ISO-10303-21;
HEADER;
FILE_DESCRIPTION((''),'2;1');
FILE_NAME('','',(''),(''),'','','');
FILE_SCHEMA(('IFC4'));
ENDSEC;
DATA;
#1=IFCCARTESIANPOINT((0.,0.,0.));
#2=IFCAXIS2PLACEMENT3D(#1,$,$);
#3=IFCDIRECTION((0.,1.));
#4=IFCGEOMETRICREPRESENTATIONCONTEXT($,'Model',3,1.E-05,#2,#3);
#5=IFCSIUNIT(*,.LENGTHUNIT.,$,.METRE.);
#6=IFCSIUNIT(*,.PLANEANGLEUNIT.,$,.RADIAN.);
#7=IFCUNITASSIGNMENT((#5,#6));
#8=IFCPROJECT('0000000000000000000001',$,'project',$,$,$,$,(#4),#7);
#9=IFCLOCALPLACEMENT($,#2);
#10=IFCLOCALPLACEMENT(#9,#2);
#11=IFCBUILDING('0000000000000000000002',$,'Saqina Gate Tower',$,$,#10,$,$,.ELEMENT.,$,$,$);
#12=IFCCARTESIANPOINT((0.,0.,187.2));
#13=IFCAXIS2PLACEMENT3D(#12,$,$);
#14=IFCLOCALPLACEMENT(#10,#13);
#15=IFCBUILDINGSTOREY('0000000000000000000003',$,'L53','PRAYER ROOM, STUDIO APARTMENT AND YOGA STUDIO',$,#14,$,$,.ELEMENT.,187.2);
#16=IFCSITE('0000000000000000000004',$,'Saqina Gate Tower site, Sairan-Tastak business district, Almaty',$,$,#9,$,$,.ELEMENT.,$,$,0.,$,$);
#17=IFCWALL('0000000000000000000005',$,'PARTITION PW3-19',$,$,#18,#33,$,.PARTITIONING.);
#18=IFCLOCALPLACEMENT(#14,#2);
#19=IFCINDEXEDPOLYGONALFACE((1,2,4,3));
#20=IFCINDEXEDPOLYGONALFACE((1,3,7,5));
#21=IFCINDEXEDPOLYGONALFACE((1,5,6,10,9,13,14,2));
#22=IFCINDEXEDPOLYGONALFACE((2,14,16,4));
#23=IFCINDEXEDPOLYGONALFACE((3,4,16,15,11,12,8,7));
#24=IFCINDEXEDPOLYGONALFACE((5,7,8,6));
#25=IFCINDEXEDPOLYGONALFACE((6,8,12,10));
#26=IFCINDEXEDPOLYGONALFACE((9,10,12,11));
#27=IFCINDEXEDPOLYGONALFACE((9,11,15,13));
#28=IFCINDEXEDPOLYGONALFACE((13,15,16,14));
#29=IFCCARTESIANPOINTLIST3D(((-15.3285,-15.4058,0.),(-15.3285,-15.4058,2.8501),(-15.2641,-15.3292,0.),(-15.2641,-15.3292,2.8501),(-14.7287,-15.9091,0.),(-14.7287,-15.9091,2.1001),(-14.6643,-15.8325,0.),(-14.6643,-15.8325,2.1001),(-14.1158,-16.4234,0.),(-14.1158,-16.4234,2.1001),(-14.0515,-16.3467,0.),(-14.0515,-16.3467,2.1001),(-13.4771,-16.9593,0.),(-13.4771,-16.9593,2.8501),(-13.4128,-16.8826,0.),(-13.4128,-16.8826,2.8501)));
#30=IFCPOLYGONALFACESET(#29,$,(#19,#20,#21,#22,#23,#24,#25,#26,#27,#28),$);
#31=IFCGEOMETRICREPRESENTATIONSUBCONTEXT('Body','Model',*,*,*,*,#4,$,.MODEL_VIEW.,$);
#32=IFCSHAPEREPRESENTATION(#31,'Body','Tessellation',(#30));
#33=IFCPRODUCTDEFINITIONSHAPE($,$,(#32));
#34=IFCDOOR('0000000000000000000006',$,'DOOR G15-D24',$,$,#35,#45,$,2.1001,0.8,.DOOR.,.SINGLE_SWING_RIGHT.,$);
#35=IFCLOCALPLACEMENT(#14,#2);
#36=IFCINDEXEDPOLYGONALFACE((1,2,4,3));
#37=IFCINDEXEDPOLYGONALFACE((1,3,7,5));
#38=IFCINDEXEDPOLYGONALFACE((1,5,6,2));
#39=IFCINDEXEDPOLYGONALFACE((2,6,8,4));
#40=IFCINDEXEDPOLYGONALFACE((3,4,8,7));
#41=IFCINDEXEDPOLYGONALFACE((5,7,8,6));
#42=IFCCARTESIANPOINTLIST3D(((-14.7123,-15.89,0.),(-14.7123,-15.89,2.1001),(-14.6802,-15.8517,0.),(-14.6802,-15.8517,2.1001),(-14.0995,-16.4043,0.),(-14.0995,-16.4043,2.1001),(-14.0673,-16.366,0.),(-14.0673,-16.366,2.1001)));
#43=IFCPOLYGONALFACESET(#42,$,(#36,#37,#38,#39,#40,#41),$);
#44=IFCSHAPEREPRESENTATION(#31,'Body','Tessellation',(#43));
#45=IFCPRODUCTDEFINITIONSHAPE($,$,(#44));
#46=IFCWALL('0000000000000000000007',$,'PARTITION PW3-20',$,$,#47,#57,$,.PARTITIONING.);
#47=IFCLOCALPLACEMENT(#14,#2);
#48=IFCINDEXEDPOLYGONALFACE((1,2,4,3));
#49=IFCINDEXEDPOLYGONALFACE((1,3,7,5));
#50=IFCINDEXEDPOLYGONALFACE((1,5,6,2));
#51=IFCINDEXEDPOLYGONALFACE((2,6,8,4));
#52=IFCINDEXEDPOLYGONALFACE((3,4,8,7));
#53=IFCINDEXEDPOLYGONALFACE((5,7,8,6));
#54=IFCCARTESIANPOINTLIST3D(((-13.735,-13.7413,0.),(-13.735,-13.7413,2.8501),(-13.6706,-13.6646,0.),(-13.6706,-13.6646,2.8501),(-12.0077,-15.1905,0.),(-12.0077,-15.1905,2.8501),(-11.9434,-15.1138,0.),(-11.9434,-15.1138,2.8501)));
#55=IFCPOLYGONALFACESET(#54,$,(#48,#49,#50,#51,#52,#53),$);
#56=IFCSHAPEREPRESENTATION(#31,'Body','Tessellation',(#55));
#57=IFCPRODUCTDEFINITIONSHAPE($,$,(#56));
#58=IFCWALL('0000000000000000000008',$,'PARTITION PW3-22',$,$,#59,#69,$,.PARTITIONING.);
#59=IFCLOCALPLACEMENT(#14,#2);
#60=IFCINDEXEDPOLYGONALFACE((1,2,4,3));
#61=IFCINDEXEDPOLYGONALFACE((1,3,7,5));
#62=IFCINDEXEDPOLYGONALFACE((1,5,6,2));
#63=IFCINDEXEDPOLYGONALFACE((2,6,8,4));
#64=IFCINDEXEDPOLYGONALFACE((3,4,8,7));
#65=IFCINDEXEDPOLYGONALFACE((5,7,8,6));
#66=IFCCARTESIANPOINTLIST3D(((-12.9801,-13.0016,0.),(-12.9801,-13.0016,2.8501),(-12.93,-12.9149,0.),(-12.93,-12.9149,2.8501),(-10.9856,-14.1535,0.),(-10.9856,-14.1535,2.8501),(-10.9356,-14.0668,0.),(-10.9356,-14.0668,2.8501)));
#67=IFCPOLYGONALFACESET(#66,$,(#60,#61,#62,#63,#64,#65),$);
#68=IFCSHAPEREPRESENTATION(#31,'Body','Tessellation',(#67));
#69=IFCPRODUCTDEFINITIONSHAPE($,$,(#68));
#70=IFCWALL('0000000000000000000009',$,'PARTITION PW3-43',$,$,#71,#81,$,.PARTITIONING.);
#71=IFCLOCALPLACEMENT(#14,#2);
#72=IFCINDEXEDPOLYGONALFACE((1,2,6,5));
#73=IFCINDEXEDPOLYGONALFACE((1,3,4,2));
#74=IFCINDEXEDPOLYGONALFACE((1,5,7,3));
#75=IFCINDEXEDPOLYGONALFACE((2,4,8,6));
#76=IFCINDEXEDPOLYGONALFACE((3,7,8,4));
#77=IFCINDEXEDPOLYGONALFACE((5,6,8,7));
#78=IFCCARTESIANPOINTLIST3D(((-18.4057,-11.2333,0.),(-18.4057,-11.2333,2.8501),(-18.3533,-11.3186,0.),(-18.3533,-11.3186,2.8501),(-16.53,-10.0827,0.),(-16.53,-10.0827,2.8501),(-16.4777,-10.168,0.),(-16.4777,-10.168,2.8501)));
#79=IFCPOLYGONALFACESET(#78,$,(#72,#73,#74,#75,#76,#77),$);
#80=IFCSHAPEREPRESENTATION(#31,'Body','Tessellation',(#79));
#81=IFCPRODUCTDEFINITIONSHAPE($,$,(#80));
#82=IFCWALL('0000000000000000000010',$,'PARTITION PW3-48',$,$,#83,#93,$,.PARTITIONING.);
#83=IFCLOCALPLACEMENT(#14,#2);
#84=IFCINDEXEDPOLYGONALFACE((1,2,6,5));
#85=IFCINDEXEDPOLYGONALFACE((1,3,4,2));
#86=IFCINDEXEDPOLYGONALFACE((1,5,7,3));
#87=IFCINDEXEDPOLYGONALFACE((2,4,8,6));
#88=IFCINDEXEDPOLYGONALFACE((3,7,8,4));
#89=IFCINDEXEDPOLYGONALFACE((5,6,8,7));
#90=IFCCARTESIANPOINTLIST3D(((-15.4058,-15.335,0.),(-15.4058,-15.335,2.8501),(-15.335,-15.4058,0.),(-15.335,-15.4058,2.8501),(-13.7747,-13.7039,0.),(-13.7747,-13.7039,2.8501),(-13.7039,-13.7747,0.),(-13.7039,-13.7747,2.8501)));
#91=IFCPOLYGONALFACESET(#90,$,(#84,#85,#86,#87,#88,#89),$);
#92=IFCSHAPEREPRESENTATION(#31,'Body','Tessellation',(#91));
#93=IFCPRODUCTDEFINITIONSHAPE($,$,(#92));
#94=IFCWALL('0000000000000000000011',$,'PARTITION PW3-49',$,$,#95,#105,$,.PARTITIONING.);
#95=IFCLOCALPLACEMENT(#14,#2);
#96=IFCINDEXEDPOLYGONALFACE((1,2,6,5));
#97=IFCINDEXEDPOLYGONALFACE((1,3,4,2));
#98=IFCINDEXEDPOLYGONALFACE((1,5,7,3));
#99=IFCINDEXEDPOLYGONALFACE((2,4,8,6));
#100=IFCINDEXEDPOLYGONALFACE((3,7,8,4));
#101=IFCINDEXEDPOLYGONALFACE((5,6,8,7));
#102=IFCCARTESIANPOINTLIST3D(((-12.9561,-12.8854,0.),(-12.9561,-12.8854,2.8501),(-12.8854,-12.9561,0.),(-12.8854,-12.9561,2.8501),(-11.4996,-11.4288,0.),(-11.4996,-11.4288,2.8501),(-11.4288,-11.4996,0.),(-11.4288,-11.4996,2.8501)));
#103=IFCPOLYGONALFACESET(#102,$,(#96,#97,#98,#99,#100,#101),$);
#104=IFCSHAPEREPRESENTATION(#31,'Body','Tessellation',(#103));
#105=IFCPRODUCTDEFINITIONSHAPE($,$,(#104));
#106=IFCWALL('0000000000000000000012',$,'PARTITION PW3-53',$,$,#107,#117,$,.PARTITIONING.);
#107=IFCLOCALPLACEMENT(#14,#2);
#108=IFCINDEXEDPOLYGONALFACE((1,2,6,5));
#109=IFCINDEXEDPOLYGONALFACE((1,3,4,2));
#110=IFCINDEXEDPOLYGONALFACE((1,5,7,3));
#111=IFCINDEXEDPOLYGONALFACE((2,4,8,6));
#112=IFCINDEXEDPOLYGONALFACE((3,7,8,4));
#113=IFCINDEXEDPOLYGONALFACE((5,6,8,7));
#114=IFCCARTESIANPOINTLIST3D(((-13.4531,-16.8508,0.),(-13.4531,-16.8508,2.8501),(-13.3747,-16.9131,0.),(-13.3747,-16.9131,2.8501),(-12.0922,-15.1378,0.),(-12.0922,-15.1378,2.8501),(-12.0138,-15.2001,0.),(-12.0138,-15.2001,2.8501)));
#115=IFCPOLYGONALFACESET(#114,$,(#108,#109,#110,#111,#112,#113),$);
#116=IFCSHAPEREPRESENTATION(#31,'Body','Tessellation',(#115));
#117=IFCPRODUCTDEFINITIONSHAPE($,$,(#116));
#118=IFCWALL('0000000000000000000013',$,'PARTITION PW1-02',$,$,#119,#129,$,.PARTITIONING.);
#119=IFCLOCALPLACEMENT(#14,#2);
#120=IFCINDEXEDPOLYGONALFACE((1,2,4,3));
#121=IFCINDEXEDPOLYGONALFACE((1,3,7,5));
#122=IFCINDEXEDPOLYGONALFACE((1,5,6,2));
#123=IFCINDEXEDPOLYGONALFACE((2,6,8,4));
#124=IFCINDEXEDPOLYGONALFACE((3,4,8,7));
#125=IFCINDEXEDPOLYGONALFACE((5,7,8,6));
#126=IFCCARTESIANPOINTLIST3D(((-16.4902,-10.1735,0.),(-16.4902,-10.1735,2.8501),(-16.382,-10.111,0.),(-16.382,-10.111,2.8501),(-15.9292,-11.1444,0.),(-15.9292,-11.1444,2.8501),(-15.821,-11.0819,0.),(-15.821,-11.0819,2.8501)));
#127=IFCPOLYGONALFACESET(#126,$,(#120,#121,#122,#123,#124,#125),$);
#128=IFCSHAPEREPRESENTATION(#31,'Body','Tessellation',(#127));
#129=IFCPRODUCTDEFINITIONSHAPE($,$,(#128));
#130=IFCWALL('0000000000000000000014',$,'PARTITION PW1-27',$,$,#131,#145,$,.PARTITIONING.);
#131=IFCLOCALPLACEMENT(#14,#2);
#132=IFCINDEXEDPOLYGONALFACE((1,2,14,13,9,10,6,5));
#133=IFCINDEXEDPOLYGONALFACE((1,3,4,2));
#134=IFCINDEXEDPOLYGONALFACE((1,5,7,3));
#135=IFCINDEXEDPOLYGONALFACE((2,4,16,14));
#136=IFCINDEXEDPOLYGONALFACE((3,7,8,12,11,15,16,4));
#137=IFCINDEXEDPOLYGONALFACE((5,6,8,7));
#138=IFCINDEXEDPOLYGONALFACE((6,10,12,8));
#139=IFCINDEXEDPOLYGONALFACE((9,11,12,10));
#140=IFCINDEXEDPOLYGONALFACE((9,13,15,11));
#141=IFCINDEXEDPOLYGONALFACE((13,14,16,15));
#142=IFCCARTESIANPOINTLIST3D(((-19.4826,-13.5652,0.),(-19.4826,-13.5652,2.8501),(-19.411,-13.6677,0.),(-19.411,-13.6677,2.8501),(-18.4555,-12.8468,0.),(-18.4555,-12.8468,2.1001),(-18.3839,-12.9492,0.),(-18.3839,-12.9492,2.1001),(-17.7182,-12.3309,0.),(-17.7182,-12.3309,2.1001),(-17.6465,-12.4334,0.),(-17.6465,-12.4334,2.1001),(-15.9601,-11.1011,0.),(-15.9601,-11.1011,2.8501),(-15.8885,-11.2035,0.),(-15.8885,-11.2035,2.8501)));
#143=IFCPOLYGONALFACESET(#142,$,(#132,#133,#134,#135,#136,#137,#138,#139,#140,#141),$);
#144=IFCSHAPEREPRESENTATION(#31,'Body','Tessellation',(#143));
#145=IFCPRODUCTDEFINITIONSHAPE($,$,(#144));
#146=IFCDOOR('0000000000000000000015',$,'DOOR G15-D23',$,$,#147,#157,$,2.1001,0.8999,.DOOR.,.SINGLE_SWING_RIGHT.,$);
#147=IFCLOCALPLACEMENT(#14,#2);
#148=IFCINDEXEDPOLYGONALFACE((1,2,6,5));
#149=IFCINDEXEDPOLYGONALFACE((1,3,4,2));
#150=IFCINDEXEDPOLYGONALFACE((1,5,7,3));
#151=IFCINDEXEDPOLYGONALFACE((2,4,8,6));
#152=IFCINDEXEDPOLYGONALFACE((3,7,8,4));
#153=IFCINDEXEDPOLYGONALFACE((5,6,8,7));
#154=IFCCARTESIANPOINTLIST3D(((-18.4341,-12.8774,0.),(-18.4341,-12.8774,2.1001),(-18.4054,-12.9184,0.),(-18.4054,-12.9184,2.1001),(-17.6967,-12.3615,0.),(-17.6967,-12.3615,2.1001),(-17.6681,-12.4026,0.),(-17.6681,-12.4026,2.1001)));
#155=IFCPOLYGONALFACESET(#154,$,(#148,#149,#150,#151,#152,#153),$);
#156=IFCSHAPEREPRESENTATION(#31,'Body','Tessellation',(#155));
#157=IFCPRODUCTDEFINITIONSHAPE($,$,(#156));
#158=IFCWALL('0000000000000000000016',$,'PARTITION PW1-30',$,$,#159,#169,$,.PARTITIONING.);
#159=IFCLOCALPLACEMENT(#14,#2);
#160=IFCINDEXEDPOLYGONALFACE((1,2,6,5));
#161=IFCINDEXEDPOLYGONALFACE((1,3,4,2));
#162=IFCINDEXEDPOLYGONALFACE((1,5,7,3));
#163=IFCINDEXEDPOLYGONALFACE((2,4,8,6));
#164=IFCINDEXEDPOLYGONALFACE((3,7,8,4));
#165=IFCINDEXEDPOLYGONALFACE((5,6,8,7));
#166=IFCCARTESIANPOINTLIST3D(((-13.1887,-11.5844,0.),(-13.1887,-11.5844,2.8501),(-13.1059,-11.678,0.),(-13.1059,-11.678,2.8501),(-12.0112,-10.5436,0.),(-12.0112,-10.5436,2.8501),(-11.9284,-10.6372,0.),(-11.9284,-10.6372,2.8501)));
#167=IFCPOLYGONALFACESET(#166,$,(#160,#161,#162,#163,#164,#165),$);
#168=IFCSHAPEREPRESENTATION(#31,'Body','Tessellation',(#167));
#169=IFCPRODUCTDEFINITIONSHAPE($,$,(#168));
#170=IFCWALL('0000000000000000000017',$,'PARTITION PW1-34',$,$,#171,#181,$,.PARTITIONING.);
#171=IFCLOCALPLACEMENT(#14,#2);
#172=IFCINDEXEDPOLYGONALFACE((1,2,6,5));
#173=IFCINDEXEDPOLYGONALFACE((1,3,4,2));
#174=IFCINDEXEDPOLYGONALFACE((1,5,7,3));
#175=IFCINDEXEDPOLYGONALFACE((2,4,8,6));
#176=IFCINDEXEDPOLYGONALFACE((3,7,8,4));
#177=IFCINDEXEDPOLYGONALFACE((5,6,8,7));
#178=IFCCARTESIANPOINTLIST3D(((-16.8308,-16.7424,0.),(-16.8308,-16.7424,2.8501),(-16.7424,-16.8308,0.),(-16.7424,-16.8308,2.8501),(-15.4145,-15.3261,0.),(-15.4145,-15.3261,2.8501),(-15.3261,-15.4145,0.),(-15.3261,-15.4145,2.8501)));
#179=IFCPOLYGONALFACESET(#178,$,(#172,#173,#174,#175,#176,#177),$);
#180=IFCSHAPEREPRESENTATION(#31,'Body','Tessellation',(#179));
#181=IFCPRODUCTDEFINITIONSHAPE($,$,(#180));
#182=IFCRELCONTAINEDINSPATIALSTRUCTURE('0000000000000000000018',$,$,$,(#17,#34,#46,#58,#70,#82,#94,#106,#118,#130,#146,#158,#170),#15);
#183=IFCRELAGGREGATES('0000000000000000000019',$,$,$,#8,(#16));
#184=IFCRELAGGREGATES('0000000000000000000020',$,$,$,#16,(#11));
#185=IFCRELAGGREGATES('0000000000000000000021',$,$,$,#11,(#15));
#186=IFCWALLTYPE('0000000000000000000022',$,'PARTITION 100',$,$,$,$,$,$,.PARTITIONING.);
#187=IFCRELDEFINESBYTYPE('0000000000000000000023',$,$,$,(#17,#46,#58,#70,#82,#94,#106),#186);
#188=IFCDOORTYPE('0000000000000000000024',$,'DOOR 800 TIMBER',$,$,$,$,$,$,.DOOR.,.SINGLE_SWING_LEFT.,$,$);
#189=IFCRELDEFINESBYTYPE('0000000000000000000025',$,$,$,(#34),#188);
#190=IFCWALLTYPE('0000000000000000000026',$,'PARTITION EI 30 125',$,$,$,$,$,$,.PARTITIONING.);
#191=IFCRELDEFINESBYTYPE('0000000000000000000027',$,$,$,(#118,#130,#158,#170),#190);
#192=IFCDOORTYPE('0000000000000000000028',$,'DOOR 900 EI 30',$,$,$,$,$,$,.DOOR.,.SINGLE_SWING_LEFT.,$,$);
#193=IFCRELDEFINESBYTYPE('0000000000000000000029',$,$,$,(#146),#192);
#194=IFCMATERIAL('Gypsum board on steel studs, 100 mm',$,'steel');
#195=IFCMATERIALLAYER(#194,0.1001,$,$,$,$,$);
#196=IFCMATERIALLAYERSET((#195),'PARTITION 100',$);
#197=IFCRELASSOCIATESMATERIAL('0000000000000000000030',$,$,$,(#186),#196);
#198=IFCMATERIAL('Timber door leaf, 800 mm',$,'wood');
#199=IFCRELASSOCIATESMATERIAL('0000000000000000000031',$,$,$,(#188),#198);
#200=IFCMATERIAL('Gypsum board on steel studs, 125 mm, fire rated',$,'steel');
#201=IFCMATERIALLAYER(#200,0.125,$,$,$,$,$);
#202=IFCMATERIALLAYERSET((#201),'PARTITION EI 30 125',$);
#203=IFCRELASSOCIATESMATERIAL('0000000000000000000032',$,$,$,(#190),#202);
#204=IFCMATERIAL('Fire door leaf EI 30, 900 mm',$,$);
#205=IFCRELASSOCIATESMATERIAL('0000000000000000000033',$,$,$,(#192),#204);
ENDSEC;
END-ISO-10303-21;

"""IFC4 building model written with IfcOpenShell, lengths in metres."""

from ifc_helpers import new_model, si_unit, direction, frame, frame_2d, origin, place, context, subcontext, project, spatial, rectangle, extrude, material, layer, layer_set, type_object, element, fill, save


model = new_model("IFC4")

# Units and contexts
model_context = context("Model", 3, precision=1e-05, world=origin(), true_north=direction((0.0, 1.0)))
body_context = subcontext(model_context, "Body", "Model", "MODEL_VIEW")
ifc_project = project(units=[si_unit("LENGTHUNIT", "METRE"), si_unit("PLANEANGLEUNIT", "RADIAN")], contexts=[model_context])

# Site, building, storey
site_placement = place(None, origin())
site = spatial("IfcSite", under=ifc_project, at=site_placement, Name="Saqina Gate Tower site, Sairan-Tastak business district, Almaty", CompositionType="ELEMENT", RefElevation=0.0)
building_placement = place(site_placement, origin())
building = spatial("IfcBuilding", under=site, at=building_placement, Name="Saqina Gate Tower", CompositionType="ELEMENT")
storey_placement = place(building_placement, frame((0.0, 0.0, 187.2)))
storey = spatial("IfcBuildingStorey", under=building, at=storey_placement, Name="L53", Description="PRAYER ROOM, STUDIO APARTMENT AND YOGA STUDIO", CompositionType="ELEMENT", Elevation=187.2)

# Wall, opening, door
ifc_material_1 = material(Name="Gypsum board on steel studs, 100 mm", Category="steel")
ifc_layer_1 = layer(ifc_material_1, 0.1001)
ifc_layer_set_1 = layer_set([ifc_layer_1], Name="PARTITION 100")
wall_type_1 = type_object("IfcWallType", Name="PARTITION 100", PredefinedType="PARTITIONING", material=ifc_layer_set_1)
wall_1_placement = place(storey_placement, frame((-15.2964, -15.3674, 0.0), z_axis=(0.0, 0.0, 1.0), x_axis=(0.766039, -0.642794, 0.0)))
wall_1 = element("IfcWall", 1, at=wall_1_placement, inside=storey, type_object=wall_type_1, Name="PARTITION PW3-19", PredefinedType="PARTITIONING", context=body_context, shape_type="SweptSolid", body=[
    extrude(rectangle(XDim=2.4167, YDim=0.1001, at=frame_2d((1.2085, 0.0))), origin(), (0.0, 0.0, 1.0), 2.8501),
])
opening_1_placement = place(wall_1_placement, frame((0.7832, 0.0, 0.0)))
opening_1 = element("IfcOpeningElement", 2, at=opening_1_placement, cuts=wall_1, PredefinedType="OPENING", context=body_context, shape_type="SweptSolid", body=[
    extrude(rectangle(XDim=0.8, YDim=2.1001, at=frame_2d((0.3999, 1.05))), frame((0.0, 0.062, 0.0), z_axis=(0.0, -1.0, 0.0), x_axis=(1.0, 0.0, 0.0)), (0.0, 0.0, 1.0), 0.124),
])
ifc_material_2 = material(Name="Timber door leaf, 800 mm", Category="wood")
door_type_1 = type_object("IfcDoorType", Name="DOOR 800 TIMBER", OperationType="SINGLE_SWING_LEFT", PredefinedType="DOOR", material=ifc_material_2)
door_1_placement = place(opening_1_placement, frame((0.8, 0.0, 0.0), z_axis=(0.0, 0.0, 1.0), x_axis=(-1.0, 0.0, 0.0)))
door_1 = element("IfcDoor", 3, at=door_1_placement, inside=storey, type_object=door_type_1, Name="DOOR G15-D24", OperationType="SINGLE_SWING_RIGHT", OverallHeight=2.1001, OverallWidth=0.8, PredefinedType="DOOR", context=body_context, shape_type="SweptSolid", body=[
    extrude(rectangle(XDim=0.8, YDim=2.1001, at=frame_2d((0.3999, 1.05))), frame((0.0, 0.0249, 0.0), z_axis=(0.0, -1.0, 0.0), x_axis=(1.0, 0.0, 0.0)), (0.0, 0.0, 1.0), 0.05),
])
fill(opening_1, door_1)

# Walls
wall_2_placement = place(storey_placement, frame((-13.7029, -13.7029, 0.0), z_axis=(0.0, 0.0, 1.0), x_axis=(0.766078, -0.642748, 0.0)))
element("IfcWall", 4, at=wall_2_placement, inside=storey, type_object=wall_type_1, Name="PARTITION PW3-20", PredefinedType="PARTITIONING", context=body_context, shape_type="SweptSolid", body=[
    extrude(rectangle(XDim=2.2546, YDim=0.1001, at=frame_2d((1.1274, 0.0))), origin(), (0.0, 0.0, 1.0), 2.8501),
])
wall_3_placement = place(storey_placement, frame((-12.9551, -12.9583, 0.0), z_axis=(0.0, 0.0, 1.0), x_axis=(0.865951, -0.500129, 0.0)))
element("IfcWall", 5, at=wall_3_placement, inside=storey, type_object=wall_type_1, Name="PARTITION PW3-22", PredefinedType="PARTITIONING", context=body_context, shape_type="SweptSolid", body=[
    extrude(rectangle(XDim=2.3032, YDim=0.1001, at=frame_2d((1.1516, 0.0))), origin(), (0.0, 0.0, 1.0), 2.8501),
])
wall_4_placement = place(storey_placement, frame((-18.3794, -11.2759, 0.0), z_axis=(0.0, 0.0, 1.0), x_axis=(0.8524, 0.52289, 0.0)))
element("IfcWall", 6, at=wall_4_placement, inside=storey, type_object=wall_type_1, Name="PARTITION PW3-43", PredefinedType="PARTITIONING", context=body_context, shape_type="SweptSolid", body=[
    extrude(rectangle(XDim=2.2004, YDim=0.1001, at=frame_2d((1.1001, 0.0))), origin(), (0.0, 0.0, 1.0), 2.8501),
])
wall_5_placement = place(storey_placement, frame((-15.3704, -15.3704, 0.0), z_axis=(0.0, 0.0, 1.0), x_axis=(0.707107, 0.707107, 0.0)))
element("IfcWall", 7, at=wall_5_placement, inside=storey, type_object=wall_type_1, Name="PARTITION PW3-48", PredefinedType="PARTITIONING", context=body_context, shape_type="SweptSolid", body=[
    extrude(rectangle(XDim=2.3066, YDim=0.1001, at=frame_2d((1.1533, 0.0))), origin(), (0.0, 0.0, 1.0), 2.8501),
])
wall_6_placement = place(storey_placement, frame((-12.9207, -12.9207, 0.0), z_axis=(0.0, 0.0, 1.0), x_axis=(0.707107, 0.707107, 0.0)))
element("IfcWall", 8, at=wall_6_placement, inside=storey, type_object=wall_type_1, Name="PARTITION PW3-49", PredefinedType="PARTITIONING", context=body_context, shape_type="SweptSolid", body=[
    extrude(rectangle(XDim=2.0598, YDim=0.1001, at=frame_2d((1.0298, 0.0))), origin(), (0.0, 0.0, 1.0), 2.8501),
])
wall_7_placement = place(storey_placement, frame((-13.4138, -16.8818, 0.0), z_axis=(0.0, 0.0, 1.0), x_axis=(0.622051, 0.782977, 0.0)))
element("IfcWall", 9, at=wall_7_placement, inside=storey, type_object=wall_type_1, Name="PARTITION PW3-53", PredefinedType="PARTITIONING", context=body_context, shape_type="SweptSolid", body=[
    extrude(rectangle(XDim=2.1877, YDim=0.1001, at=frame_2d((1.0938, 0.0))), origin(), (0.0, 0.0, 1.0), 2.8501),
])
ifc_material_3 = material(Name="Gypsum board on steel studs, 125 mm, fire rated", Category="steel")
ifc_layer_2 = layer(ifc_material_3, 0.125)
ifc_layer_set_2 = layer_set([ifc_layer_2], Name="PARTITION EI 30 125")
wall_type_2 = type_object("IfcWallType", Name="PARTITION EI 30 125", PredefinedType="PARTITIONING", material=ifc_layer_set_2)
wall_8_placement = place(storey_placement, frame((-16.436, -10.1423, 0.0), z_axis=(0.0, 0.0, 1.0), x_axis=(0.500307, -0.865848, 0.0)))
element("IfcWall", 10, at=wall_8_placement, inside=storey, type_object=wall_type_2, Name="PARTITION PW1-02", PredefinedType="PARTITIONING", context=body_context, shape_type="SweptSolid", body=[
    extrude(rectangle(XDim=1.1213, YDim=0.125, at=frame_2d((0.5605, 0.0))), origin(), (0.0, 0.0, 1.0), 2.8501),
])

# Wall, opening, door
wall_9_placement = place(storey_placement, frame((-19.4468, -13.6165, 0.0), z_axis=(0.0, 0.0, 1.0), x_axis=(0.819408, 0.573211, 0.0)))
wall_9 = element("IfcWall", 11, at=wall_9_placement, inside=storey, type_object=wall_type_2, Name="PARTITION PW1-27", PredefinedType="PARTITIONING", context=body_context, shape_type="SweptSolid", body=[
    extrude(rectangle(XDim=4.2988, YDim=0.125, at=frame_2d((2.1494, 0.0))), origin(), (0.0, 0.0, 1.0), 2.8501),
])
opening_2_placement = place(wall_9_placement, frame((1.2534, 0.0, 0.0)))
opening_2 = element("IfcOpeningElement", 12, at=opening_2_placement, cuts=wall_9, PredefinedType="OPENING", context=body_context, shape_type="SweptSolid", body=[
    extrude(rectangle(XDim=0.8999, YDim=2.1001, at=frame_2d((0.45, 1.05))), frame((0.0, 0.0745, 0.0), z_axis=(0.0, -1.0, 0.0), x_axis=(1.0, 0.0, 0.0)), (0.0, 0.0, 1.0), 0.1489),
])
ifc_material_4 = material(Name="Fire door leaf EI 30, 900 mm")
door_type_2 = type_object("IfcDoorType", Name="DOOR 900 EI 30", OperationType="SINGLE_SWING_LEFT", PredefinedType="DOOR", material=ifc_material_4)
door_2_placement = place(opening_2_placement, frame((0.8999, 0.0, 0.0), z_axis=(0.0, 0.0, 1.0), x_axis=(-1.0, 0.0, 0.0)))
door_2 = element("IfcDoor", 13, at=door_2_placement, inside=storey, type_object=door_type_2, Name="DOOR G15-D23", OperationType="SINGLE_SWING_RIGHT", OverallHeight=2.1001, OverallWidth=0.8999, PredefinedType="DOOR", context=body_context, shape_type="SweptSolid", body=[
    extrude(rectangle(XDim=0.8999, YDim=2.1001, at=frame_2d((0.45, 1.05))), frame((0.0, 0.0249, 0.0), z_axis=(0.0, -1.0, 0.0), x_axis=(1.0, 0.0, 0.0)), (0.0, 0.0, 1.0), 0.05),
])
fill(opening_2, door_2)

# Walls
wall_10_placement = place(storey_placement, frame((-13.1472, -11.6311, 0.0), z_axis=(0.0, 0.0, 1.0), x_axis=(0.749266, 0.662269, 0.0)))
element("IfcWall", 14, at=wall_10_placement, inside=storey, type_object=wall_type_2, Name="PARTITION PW1-30", PredefinedType="PARTITIONING", context=body_context, shape_type="SweptSolid", body=[
    extrude(rectangle(XDim=1.5715, YDim=0.125, at=frame_2d((0.7856, 0.0))), origin(), (0.0, 0.0, 1.0), 2.8501),
])
wall_11_placement = place(storey_placement, frame((-16.7866, -16.7866, 0.0), z_axis=(0.0, 0.0, 1.0), x_axis=(0.707107, 0.707107, 0.0)))
element("IfcWall", 15, at=wall_11_placement, inside=storey, type_object=wall_type_2, Name="PARTITION PW1-34", PredefinedType="PARTITIONING", context=body_context, shape_type="SweptSolid", body=[
    extrude(rectangle(XDim=2.0029, YDim=0.125, at=frame_2d((1.0015, 0.0))), origin(), (0.0, 0.0, 1.0), 2.8501),
])

save(model, "model.ifc")
